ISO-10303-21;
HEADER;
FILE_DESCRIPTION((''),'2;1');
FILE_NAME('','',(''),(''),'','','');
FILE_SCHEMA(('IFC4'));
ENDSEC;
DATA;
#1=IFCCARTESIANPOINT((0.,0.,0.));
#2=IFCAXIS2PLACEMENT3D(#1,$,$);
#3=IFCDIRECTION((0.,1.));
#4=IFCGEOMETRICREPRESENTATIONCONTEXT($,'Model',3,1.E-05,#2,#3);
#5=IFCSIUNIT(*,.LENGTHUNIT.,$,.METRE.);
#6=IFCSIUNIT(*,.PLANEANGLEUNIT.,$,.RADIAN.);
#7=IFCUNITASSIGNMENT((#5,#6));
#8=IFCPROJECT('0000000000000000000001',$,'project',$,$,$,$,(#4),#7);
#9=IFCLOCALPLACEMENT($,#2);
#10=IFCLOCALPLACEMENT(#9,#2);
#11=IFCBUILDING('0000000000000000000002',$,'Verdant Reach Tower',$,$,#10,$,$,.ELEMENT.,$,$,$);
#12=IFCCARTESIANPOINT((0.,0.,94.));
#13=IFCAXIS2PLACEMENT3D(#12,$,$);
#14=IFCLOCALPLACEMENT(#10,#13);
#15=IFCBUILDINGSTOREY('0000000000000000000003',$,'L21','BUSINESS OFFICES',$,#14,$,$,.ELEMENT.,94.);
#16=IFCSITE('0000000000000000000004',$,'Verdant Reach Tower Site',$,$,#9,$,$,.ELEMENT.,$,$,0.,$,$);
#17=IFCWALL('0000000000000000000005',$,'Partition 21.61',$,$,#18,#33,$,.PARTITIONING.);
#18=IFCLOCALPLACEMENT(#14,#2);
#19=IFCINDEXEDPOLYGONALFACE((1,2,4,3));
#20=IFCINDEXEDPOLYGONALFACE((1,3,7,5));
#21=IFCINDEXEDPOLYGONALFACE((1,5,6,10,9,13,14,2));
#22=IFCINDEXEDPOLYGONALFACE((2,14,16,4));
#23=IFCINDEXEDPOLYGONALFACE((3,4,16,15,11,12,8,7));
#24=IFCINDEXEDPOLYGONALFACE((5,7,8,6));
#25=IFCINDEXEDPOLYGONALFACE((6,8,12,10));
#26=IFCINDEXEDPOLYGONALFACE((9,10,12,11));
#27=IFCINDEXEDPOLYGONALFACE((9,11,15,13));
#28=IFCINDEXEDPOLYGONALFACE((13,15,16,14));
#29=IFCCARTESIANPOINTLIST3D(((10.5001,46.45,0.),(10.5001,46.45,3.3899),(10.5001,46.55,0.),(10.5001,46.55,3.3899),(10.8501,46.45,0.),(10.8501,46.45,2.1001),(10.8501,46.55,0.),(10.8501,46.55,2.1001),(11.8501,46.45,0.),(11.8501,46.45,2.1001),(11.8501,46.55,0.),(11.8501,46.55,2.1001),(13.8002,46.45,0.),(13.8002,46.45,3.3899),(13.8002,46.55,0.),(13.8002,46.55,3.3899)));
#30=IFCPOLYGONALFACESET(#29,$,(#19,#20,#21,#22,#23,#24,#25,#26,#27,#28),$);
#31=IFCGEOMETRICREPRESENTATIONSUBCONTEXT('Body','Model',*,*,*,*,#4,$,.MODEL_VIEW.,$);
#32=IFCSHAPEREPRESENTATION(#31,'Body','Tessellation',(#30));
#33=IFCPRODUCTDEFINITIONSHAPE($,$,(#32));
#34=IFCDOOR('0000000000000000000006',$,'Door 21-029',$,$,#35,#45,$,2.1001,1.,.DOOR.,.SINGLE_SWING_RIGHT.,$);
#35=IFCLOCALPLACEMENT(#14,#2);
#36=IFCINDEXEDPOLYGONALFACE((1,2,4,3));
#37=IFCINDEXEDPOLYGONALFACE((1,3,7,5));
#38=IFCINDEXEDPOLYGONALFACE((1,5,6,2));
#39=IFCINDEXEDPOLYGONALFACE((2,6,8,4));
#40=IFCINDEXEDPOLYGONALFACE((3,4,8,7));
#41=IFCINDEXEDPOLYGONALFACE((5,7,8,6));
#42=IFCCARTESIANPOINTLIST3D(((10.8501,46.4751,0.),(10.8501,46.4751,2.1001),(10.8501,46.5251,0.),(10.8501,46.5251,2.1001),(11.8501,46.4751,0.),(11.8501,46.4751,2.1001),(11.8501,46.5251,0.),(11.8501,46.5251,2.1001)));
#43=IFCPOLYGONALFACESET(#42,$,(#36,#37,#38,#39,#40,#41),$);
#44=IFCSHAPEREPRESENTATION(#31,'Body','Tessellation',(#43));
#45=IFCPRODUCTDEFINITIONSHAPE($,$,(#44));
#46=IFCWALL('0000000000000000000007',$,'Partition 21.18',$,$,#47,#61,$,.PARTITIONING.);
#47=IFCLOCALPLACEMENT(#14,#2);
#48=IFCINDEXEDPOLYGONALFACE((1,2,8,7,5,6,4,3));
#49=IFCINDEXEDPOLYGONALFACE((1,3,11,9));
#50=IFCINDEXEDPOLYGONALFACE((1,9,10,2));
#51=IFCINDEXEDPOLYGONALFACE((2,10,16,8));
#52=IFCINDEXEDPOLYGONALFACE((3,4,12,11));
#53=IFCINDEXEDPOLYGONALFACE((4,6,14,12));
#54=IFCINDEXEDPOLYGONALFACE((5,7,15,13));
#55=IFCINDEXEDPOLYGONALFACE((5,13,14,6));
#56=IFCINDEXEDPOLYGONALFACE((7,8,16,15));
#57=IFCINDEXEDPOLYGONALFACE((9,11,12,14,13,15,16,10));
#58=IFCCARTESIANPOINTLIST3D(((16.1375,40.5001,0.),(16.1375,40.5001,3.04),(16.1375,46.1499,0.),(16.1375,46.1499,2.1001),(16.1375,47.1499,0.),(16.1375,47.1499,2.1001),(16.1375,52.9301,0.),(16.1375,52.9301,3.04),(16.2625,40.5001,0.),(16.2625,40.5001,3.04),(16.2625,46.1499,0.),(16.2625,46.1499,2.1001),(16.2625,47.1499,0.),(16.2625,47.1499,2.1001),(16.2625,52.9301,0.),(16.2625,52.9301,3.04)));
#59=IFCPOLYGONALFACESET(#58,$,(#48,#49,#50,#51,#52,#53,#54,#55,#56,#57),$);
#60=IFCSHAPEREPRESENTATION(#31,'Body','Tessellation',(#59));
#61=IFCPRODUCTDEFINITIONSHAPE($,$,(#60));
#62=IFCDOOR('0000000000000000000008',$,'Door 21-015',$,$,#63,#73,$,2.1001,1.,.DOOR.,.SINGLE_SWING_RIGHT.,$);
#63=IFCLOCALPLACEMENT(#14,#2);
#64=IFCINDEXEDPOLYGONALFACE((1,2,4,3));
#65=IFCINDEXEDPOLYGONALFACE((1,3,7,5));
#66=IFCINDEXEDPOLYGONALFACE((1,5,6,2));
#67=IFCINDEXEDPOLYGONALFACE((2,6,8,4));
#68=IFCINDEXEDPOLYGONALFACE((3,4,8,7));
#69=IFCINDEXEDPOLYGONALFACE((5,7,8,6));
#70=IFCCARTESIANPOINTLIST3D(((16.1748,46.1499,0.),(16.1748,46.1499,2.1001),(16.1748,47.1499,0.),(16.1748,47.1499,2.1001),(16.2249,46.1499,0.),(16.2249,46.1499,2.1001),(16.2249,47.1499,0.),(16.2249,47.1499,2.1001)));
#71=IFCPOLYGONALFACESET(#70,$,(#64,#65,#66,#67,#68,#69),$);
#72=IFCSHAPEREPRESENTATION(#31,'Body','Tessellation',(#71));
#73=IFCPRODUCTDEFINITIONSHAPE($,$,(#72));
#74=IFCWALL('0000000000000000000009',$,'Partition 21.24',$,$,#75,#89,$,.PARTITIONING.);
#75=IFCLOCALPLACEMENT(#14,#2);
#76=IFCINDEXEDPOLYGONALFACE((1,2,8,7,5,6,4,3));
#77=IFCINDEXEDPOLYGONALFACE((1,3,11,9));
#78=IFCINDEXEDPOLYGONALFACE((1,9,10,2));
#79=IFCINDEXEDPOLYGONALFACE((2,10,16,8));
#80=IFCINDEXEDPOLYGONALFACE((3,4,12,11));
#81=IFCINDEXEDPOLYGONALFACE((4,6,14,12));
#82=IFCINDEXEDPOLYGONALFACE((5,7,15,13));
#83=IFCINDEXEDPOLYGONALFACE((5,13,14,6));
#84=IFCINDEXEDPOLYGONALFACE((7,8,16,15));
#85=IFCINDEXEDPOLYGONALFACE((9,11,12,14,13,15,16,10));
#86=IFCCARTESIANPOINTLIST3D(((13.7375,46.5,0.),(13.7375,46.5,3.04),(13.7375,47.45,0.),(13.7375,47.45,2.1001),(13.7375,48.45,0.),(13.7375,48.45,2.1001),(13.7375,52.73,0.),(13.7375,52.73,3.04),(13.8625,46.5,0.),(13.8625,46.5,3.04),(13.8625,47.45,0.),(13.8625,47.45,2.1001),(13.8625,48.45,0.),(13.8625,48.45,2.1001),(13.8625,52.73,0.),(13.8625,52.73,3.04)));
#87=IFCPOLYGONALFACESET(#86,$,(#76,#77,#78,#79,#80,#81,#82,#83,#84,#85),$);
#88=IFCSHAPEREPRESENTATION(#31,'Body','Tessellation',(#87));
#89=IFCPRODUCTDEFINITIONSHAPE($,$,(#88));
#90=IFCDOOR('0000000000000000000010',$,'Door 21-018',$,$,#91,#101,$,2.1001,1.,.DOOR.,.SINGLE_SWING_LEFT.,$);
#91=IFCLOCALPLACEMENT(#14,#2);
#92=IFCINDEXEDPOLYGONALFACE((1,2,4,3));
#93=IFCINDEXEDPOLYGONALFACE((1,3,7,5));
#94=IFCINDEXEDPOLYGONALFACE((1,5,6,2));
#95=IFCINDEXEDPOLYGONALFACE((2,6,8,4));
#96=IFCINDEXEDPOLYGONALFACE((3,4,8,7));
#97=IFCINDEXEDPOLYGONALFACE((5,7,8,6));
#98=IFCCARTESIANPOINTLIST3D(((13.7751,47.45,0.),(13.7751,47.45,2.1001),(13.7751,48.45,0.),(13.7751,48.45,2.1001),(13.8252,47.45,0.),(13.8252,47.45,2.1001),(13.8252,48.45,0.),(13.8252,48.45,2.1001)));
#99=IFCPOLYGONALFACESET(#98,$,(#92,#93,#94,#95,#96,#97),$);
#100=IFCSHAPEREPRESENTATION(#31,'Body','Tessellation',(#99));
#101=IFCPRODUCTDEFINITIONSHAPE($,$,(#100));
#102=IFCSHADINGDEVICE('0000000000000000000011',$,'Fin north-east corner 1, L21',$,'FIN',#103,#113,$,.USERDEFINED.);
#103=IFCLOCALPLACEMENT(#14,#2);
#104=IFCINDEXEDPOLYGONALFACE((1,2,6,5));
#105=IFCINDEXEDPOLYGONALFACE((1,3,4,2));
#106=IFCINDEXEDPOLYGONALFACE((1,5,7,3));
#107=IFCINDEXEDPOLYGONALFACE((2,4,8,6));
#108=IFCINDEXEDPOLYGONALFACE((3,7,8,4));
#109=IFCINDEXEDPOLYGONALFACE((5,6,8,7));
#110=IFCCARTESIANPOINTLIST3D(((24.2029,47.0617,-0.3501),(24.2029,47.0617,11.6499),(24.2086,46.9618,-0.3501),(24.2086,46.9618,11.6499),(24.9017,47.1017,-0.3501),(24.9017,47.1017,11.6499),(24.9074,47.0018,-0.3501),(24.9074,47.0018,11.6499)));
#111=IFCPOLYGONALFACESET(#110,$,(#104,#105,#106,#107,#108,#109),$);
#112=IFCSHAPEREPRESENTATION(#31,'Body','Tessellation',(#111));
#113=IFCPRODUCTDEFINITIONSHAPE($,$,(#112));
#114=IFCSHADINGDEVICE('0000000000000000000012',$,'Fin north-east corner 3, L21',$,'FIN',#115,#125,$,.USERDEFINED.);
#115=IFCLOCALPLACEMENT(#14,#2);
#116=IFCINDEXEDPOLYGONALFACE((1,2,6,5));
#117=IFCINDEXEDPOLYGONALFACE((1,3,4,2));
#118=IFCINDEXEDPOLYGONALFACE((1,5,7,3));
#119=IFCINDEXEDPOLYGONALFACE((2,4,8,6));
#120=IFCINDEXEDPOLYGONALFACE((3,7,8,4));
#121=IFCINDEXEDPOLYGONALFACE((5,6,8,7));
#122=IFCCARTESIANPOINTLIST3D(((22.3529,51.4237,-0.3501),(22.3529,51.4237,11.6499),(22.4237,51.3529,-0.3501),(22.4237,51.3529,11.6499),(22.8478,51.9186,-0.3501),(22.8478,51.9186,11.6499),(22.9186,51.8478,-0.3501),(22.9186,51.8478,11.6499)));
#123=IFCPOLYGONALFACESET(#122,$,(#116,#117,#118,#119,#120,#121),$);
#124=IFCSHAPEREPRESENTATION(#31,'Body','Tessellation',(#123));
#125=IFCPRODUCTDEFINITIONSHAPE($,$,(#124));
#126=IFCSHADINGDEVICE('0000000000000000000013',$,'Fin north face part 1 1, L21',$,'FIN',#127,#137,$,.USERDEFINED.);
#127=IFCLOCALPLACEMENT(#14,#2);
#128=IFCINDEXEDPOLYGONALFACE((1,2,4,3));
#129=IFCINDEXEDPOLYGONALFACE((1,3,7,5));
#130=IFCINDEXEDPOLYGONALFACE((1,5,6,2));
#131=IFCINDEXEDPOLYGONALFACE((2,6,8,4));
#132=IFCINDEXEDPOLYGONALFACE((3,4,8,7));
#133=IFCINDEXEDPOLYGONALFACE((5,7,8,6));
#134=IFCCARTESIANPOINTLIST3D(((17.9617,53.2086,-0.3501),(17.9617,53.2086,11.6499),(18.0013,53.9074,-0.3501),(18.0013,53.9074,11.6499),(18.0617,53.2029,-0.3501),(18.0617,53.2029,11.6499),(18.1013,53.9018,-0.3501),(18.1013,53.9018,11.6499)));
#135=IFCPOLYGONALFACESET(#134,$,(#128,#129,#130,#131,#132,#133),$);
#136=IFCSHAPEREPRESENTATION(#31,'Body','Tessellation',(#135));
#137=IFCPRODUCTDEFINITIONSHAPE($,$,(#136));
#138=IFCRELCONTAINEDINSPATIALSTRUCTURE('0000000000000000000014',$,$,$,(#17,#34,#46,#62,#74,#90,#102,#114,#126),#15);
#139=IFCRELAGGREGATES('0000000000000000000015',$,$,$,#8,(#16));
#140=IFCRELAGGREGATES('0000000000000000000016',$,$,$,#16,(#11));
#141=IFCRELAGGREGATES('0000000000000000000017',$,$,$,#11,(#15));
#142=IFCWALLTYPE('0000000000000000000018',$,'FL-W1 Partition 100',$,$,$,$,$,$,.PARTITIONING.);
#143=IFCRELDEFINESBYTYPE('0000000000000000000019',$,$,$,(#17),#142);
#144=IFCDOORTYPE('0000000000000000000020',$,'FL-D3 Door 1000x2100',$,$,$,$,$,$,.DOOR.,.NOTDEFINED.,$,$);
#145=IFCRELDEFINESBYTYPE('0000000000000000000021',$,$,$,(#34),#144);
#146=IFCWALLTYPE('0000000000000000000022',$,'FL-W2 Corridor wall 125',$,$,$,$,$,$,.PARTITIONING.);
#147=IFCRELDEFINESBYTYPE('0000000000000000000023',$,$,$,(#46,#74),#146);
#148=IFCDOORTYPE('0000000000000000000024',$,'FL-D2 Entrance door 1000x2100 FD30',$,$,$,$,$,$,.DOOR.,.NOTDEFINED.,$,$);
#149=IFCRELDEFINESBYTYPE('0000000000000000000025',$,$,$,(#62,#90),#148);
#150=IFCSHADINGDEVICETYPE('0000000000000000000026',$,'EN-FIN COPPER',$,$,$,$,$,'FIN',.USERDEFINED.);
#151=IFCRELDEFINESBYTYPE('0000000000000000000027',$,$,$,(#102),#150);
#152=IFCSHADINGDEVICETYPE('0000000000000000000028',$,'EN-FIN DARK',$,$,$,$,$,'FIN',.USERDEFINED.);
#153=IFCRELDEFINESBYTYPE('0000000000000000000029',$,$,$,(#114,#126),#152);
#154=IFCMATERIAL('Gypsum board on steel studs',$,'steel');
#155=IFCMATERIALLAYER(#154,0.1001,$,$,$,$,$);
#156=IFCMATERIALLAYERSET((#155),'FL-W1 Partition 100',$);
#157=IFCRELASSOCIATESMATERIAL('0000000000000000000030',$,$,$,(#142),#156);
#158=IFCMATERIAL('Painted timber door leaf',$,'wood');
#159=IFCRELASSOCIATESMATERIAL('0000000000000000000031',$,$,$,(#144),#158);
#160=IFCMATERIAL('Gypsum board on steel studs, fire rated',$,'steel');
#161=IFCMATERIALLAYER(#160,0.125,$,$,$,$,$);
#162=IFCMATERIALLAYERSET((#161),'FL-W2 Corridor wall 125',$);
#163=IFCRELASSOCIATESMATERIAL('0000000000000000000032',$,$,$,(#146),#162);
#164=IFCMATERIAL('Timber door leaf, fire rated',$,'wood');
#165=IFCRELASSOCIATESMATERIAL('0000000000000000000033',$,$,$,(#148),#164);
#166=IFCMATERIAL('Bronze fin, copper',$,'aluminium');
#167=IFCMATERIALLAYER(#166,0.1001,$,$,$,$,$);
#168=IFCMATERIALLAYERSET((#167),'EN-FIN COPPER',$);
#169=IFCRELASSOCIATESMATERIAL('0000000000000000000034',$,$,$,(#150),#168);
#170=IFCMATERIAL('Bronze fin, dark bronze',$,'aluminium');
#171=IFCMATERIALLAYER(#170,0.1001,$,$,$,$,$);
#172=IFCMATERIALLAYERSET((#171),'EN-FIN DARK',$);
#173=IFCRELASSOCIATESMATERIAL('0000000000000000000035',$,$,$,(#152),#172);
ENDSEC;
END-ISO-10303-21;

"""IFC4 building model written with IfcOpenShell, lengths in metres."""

from ifc_helpers import new_model, si_unit, direction, frame, frame_2d, origin, origin_2d, place, context, subcontext, project, spatial, rectangle, extrude, material, layer, layer_set, type_object, element, fill, save


model = new_model("IFC4")

# Units and contexts
model_context = context("Model", 3, precision=1e-05, world=origin(), true_north=direction((0.0, 1.0)))
body_context = subcontext(model_context, "Body", "Model", "MODEL_VIEW")
ifc_project = project(units=[si_unit("LENGTHUNIT", "METRE"), si_unit("PLANEANGLEUNIT", "RADIAN")], contexts=[model_context])

# Site, building, storey
site_placement = place(None, origin())
site = spatial("IfcSite", under=ifc_project, at=site_placement, Name="Verdant Reach Tower Site", CompositionType="ELEMENT", RefElevation=0.0)
building_placement = place(site_placement, origin())
building = spatial("IfcBuilding", under=site, at=building_placement, Name="Verdant Reach Tower", CompositionType="ELEMENT")
storey_placement = place(building_placement, frame((0.0, 0.0, 94.0)))
storey = spatial("IfcBuildingStorey", under=building, at=storey_placement, Name="L21", Description="BUSINESS OFFICES", CompositionType="ELEMENT", Elevation=94.0)

# Walls, openings, doors
ifc_material_1 = material(Name="Gypsum board on steel studs", Category="steel")
ifc_layer_1 = layer(ifc_material_1, 0.1001)
ifc_layer_set_1 = layer_set([ifc_layer_1], Name="FL-W1 Partition 100")
wall_type_1 = type_object("IfcWallType", Name="FL-W1 Partition 100", PredefinedType="PARTITIONING", material=ifc_layer_set_1)
wall_1_placement = place(storey_placement, frame((13.8, 46.5, 0.0), z_axis=(0.0, 0.0, 1.0), x_axis=(-1.0, 0.0, 0.0)))
wall_1 = element("IfcWall", 1, at=wall_1_placement, inside=storey, type_object=wall_type_1, Name="Partition 21.61", PredefinedType="PARTITIONING", context=body_context, shape_type="SweptSolid", body=[
    extrude(rectangle(XDim=3.3, YDim=0.1001, at=frame_2d((1.6499, 0.0))), origin(), (0.0, 0.0, 1.0), 3.3899),
])
opening_1_placement = place(wall_1_placement, frame((1.95, 0.0, 0.0)))
opening_1 = element("IfcOpeningElement", 2, at=opening_1_placement, cuts=wall_1, PredefinedType="OPENING", context=body_context, shape_type="SweptSolid", body=[
    extrude(rectangle(XDim=1.0, YDim=2.1001, at=frame_2d((0.5, 1.05))), frame((0.0, 0.0601, 0.0), z_axis=(0.0, -1.0, 0.0), x_axis=(1.0, 0.0, 0.0)), (0.0, 0.0, 1.0), 0.1201),
])
ifc_material_2 = material(Name="Painted timber door leaf", Category="wood")
door_type_1 = type_object("IfcDoorType", Name="FL-D3 Door 1000x2100", OperationType="NOTDEFINED", PredefinedType="DOOR", material=ifc_material_2)
door_1_placement = place(opening_1_placement, origin())
door_1 = element("IfcDoor", 3, at=door_1_placement, inside=storey, type_object=door_type_1, Name="Door 21-029", OperationType="SINGLE_SWING_RIGHT", OverallHeight=2.1001, OverallWidth=1.0, PredefinedType="DOOR", context=body_context, shape_type="SweptSolid", body=[
    extrude(rectangle(XDim=1.0, YDim=2.1001, at=frame_2d((0.5, 1.05))), frame((0.0, 0.0249, 0.0), z_axis=(0.0, -1.0, 0.0), x_axis=(1.0, 0.0, 0.0)), (0.0, 0.0, 1.0), 0.05),
])
fill(opening_1, door_1)
ifc_material_3 = material(Name="Gypsum board on steel studs, fire rated", Category="steel")
ifc_layer_2 = layer(ifc_material_3, 0.125)
ifc_layer_set_2 = layer_set([ifc_layer_2], Name="FL-W2 Corridor wall 125")
wall_type_2 = type_object("IfcWallType", Name="FL-W2 Corridor wall 125", PredefinedType="PARTITIONING", material=ifc_layer_set_2)
wall_2_placement = place(storey_placement, frame((16.2, 52.9299, 0.0), z_axis=(0.0, 0.0, 1.0), x_axis=(0.0, -1.0, 0.0)))
wall_2 = element("IfcWall", 4, at=wall_2_placement, inside=storey, type_object=wall_type_2, Name="Partition 21.18", PredefinedType="PARTITIONING", context=body_context, shape_type="SweptSolid", body=[
    extrude(rectangle(XDim=12.4299, YDim=0.125, at=frame_2d((6.2148, 0.0))), origin(), (0.0, 0.0, 1.0), 3.04),
])
opening_2_placement = place(wall_2_placement, frame((5.78, 0.0, 0.0)))
opening_2 = element("IfcOpeningElement", 5, at=opening_2_placement, cuts=wall_2, PredefinedType="OPENING", context=body_context, shape_type="SweptSolid", body=[
    extrude(rectangle(XDim=1.0, YDim=2.1001, at=frame_2d((0.5, 1.05))), frame((0.0, 0.0725, 0.0), z_axis=(0.0, -1.0, 0.0), x_axis=(1.0, 0.0, 0.0)), (0.0, 0.0, 1.0), 0.145),
])
ifc_material_4 = material(Name="Timber door leaf, fire rated", Category="wood")
door_type_2 = type_object("IfcDoorType", Name="FL-D2 Entrance door 1000x2100 FD30", OperationType="NOTDEFINED", PredefinedType="DOOR", material=ifc_material_4)
door_2_placement = place(opening_2_placement, origin())
door_2 = element("IfcDoor", 6, at=door_2_placement, inside=storey, type_object=door_type_2, Name="Door 21-015", OperationType="SINGLE_SWING_RIGHT", OverallHeight=2.1001, OverallWidth=1.0, PredefinedType="DOOR", context=body_context, shape_type="SweptSolid", body=[
    extrude(rectangle(XDim=1.0, YDim=2.1001, at=frame_2d((0.5, 1.05))), frame((0.0, 0.0249, 0.0), z_axis=(0.0, -1.0, 0.0), x_axis=(1.0, 0.0, 0.0)), (0.0, 0.0, 1.0), 0.05),
])
fill(opening_2, door_2)
wall_3_placement = place(storey_placement, frame((13.8, 46.5, 0.0), z_axis=(0.0, 0.0, 1.0), x_axis=(0.0, 1.0, 0.0)))
wall_3 = element("IfcWall", 7, at=wall_3_placement, inside=storey, type_object=wall_type_2, Name="Partition 21.24", PredefinedType="PARTITIONING", context=body_context, shape_type="SweptSolid", body=[
    extrude(rectangle(XDim=6.23, YDim=0.125, at=frame_2d((3.115, 0.0))), origin(), (0.0, 0.0, 1.0), 3.04),
])
opening_3_placement = place(wall_3_placement, frame((0.95, 0.0, 0.0)))
opening_3 = element("IfcOpeningElement", 8, at=opening_3_placement, cuts=wall_3, PredefinedType="OPENING", context=body_context, shape_type="SweptSolid", body=[
    extrude(rectangle(XDim=1.0, YDim=2.1001, at=frame_2d((0.5, 1.05))), frame((0.0, 0.0725, 0.0), z_axis=(0.0, -1.0, 0.0), x_axis=(1.0, 0.0, 0.0)), (0.0, 0.0, 1.0), 0.145),
])
door_3_placement = place(opening_3_placement, origin())
door_3 = element("IfcDoor", 9, at=door_3_placement, inside=storey, type_object=door_type_2, Name="Door 21-018", OperationType="SINGLE_SWING_LEFT", OverallHeight=2.1001, OverallWidth=1.0, PredefinedType="DOOR", context=body_context, shape_type="SweptSolid", body=[
    extrude(rectangle(XDim=1.0, YDim=2.1001, at=frame_2d((0.5, 1.05))), frame((0.0, 0.0249, 0.0), z_axis=(0.0, -1.0, 0.0), x_axis=(1.0, 0.0, 0.0)), (0.0, 0.0, 1.0), 0.05),
])
fill(opening_3, door_3)

# Shading devices
ifc_material_5 = material(Name="Bronze fin, copper", Category="aluminium")
ifc_layer_3 = layer(ifc_material_5, 0.1001)
ifc_layer_set_3 = layer_set([ifc_layer_3], Name="EN-FIN COPPER")
shading_device_type_1 = type_object("IfcShadingDeviceType", Name="EN-FIN COPPER", ElementType="FIN", PredefinedType="USERDEFINED", material=ifc_layer_set_3)
shading_device_placement = place(storey_placement, frame((24.5552, 47.0317, -0.3501), z_axis=(0.0, 0.0, 1.0), x_axis=(-0.057135, 0.998366, 0.0)))
element("IfcShadingDevice", 10, at=shading_device_placement, inside=storey, type_object=shading_device_type_1, Name="Fin north-east corner 1, L21", ObjectType="FIN", PredefinedType="USERDEFINED", context=body_context, shape_type="SweptSolid", body=[
    extrude(rectangle(XDim=0.1001, YDim=0.7, at=origin_2d()), origin(), (0.0, 0.0, 1.0), 12.0),
])
ifc_material_6 = material(Name="Bronze fin, dark bronze", Category="aluminium")
ifc_layer_4 = layer(ifc_material_6, 0.1001)
ifc_layer_set_4 = layer_set([ifc_layer_4], Name="EN-FIN DARK")
shading_device_type_2 = type_object("IfcShadingDeviceType", Name="EN-FIN DARK", ElementType="FIN", PredefinedType="USERDEFINED", material=ifc_layer_set_4)
for number, where, z_axis, x_axis, name in (
    (11, (22.6357, 51.6357, -0.3501), (0.0, 0.0, 1.0), (-0.707107, 0.707107, 0.0), "Fin north-east corner 3, L21"),
    (12, (18.0315, 53.5552, -0.3501), (0.0, 0.0, 1.0), (-0.998399, 0.056569, 0.0), "Fin north face part 1 1, L21"),
):
    element("IfcShadingDevice", number, at=place(storey_placement, frame(where, z_axis=z_axis, x_axis=x_axis)), inside=storey, type_object=shading_device_type_2, Name=name, ObjectType="FIN", PredefinedType="USERDEFINED", context=body_context, shape_type="SweptSolid", body=[
        extrude(rectangle(XDim=0.1001, YDim=0.7, at=origin_2d()), origin(), (0.0, 0.0, 1.0), 12.0),
    ])

save(model, "model.ifc")
